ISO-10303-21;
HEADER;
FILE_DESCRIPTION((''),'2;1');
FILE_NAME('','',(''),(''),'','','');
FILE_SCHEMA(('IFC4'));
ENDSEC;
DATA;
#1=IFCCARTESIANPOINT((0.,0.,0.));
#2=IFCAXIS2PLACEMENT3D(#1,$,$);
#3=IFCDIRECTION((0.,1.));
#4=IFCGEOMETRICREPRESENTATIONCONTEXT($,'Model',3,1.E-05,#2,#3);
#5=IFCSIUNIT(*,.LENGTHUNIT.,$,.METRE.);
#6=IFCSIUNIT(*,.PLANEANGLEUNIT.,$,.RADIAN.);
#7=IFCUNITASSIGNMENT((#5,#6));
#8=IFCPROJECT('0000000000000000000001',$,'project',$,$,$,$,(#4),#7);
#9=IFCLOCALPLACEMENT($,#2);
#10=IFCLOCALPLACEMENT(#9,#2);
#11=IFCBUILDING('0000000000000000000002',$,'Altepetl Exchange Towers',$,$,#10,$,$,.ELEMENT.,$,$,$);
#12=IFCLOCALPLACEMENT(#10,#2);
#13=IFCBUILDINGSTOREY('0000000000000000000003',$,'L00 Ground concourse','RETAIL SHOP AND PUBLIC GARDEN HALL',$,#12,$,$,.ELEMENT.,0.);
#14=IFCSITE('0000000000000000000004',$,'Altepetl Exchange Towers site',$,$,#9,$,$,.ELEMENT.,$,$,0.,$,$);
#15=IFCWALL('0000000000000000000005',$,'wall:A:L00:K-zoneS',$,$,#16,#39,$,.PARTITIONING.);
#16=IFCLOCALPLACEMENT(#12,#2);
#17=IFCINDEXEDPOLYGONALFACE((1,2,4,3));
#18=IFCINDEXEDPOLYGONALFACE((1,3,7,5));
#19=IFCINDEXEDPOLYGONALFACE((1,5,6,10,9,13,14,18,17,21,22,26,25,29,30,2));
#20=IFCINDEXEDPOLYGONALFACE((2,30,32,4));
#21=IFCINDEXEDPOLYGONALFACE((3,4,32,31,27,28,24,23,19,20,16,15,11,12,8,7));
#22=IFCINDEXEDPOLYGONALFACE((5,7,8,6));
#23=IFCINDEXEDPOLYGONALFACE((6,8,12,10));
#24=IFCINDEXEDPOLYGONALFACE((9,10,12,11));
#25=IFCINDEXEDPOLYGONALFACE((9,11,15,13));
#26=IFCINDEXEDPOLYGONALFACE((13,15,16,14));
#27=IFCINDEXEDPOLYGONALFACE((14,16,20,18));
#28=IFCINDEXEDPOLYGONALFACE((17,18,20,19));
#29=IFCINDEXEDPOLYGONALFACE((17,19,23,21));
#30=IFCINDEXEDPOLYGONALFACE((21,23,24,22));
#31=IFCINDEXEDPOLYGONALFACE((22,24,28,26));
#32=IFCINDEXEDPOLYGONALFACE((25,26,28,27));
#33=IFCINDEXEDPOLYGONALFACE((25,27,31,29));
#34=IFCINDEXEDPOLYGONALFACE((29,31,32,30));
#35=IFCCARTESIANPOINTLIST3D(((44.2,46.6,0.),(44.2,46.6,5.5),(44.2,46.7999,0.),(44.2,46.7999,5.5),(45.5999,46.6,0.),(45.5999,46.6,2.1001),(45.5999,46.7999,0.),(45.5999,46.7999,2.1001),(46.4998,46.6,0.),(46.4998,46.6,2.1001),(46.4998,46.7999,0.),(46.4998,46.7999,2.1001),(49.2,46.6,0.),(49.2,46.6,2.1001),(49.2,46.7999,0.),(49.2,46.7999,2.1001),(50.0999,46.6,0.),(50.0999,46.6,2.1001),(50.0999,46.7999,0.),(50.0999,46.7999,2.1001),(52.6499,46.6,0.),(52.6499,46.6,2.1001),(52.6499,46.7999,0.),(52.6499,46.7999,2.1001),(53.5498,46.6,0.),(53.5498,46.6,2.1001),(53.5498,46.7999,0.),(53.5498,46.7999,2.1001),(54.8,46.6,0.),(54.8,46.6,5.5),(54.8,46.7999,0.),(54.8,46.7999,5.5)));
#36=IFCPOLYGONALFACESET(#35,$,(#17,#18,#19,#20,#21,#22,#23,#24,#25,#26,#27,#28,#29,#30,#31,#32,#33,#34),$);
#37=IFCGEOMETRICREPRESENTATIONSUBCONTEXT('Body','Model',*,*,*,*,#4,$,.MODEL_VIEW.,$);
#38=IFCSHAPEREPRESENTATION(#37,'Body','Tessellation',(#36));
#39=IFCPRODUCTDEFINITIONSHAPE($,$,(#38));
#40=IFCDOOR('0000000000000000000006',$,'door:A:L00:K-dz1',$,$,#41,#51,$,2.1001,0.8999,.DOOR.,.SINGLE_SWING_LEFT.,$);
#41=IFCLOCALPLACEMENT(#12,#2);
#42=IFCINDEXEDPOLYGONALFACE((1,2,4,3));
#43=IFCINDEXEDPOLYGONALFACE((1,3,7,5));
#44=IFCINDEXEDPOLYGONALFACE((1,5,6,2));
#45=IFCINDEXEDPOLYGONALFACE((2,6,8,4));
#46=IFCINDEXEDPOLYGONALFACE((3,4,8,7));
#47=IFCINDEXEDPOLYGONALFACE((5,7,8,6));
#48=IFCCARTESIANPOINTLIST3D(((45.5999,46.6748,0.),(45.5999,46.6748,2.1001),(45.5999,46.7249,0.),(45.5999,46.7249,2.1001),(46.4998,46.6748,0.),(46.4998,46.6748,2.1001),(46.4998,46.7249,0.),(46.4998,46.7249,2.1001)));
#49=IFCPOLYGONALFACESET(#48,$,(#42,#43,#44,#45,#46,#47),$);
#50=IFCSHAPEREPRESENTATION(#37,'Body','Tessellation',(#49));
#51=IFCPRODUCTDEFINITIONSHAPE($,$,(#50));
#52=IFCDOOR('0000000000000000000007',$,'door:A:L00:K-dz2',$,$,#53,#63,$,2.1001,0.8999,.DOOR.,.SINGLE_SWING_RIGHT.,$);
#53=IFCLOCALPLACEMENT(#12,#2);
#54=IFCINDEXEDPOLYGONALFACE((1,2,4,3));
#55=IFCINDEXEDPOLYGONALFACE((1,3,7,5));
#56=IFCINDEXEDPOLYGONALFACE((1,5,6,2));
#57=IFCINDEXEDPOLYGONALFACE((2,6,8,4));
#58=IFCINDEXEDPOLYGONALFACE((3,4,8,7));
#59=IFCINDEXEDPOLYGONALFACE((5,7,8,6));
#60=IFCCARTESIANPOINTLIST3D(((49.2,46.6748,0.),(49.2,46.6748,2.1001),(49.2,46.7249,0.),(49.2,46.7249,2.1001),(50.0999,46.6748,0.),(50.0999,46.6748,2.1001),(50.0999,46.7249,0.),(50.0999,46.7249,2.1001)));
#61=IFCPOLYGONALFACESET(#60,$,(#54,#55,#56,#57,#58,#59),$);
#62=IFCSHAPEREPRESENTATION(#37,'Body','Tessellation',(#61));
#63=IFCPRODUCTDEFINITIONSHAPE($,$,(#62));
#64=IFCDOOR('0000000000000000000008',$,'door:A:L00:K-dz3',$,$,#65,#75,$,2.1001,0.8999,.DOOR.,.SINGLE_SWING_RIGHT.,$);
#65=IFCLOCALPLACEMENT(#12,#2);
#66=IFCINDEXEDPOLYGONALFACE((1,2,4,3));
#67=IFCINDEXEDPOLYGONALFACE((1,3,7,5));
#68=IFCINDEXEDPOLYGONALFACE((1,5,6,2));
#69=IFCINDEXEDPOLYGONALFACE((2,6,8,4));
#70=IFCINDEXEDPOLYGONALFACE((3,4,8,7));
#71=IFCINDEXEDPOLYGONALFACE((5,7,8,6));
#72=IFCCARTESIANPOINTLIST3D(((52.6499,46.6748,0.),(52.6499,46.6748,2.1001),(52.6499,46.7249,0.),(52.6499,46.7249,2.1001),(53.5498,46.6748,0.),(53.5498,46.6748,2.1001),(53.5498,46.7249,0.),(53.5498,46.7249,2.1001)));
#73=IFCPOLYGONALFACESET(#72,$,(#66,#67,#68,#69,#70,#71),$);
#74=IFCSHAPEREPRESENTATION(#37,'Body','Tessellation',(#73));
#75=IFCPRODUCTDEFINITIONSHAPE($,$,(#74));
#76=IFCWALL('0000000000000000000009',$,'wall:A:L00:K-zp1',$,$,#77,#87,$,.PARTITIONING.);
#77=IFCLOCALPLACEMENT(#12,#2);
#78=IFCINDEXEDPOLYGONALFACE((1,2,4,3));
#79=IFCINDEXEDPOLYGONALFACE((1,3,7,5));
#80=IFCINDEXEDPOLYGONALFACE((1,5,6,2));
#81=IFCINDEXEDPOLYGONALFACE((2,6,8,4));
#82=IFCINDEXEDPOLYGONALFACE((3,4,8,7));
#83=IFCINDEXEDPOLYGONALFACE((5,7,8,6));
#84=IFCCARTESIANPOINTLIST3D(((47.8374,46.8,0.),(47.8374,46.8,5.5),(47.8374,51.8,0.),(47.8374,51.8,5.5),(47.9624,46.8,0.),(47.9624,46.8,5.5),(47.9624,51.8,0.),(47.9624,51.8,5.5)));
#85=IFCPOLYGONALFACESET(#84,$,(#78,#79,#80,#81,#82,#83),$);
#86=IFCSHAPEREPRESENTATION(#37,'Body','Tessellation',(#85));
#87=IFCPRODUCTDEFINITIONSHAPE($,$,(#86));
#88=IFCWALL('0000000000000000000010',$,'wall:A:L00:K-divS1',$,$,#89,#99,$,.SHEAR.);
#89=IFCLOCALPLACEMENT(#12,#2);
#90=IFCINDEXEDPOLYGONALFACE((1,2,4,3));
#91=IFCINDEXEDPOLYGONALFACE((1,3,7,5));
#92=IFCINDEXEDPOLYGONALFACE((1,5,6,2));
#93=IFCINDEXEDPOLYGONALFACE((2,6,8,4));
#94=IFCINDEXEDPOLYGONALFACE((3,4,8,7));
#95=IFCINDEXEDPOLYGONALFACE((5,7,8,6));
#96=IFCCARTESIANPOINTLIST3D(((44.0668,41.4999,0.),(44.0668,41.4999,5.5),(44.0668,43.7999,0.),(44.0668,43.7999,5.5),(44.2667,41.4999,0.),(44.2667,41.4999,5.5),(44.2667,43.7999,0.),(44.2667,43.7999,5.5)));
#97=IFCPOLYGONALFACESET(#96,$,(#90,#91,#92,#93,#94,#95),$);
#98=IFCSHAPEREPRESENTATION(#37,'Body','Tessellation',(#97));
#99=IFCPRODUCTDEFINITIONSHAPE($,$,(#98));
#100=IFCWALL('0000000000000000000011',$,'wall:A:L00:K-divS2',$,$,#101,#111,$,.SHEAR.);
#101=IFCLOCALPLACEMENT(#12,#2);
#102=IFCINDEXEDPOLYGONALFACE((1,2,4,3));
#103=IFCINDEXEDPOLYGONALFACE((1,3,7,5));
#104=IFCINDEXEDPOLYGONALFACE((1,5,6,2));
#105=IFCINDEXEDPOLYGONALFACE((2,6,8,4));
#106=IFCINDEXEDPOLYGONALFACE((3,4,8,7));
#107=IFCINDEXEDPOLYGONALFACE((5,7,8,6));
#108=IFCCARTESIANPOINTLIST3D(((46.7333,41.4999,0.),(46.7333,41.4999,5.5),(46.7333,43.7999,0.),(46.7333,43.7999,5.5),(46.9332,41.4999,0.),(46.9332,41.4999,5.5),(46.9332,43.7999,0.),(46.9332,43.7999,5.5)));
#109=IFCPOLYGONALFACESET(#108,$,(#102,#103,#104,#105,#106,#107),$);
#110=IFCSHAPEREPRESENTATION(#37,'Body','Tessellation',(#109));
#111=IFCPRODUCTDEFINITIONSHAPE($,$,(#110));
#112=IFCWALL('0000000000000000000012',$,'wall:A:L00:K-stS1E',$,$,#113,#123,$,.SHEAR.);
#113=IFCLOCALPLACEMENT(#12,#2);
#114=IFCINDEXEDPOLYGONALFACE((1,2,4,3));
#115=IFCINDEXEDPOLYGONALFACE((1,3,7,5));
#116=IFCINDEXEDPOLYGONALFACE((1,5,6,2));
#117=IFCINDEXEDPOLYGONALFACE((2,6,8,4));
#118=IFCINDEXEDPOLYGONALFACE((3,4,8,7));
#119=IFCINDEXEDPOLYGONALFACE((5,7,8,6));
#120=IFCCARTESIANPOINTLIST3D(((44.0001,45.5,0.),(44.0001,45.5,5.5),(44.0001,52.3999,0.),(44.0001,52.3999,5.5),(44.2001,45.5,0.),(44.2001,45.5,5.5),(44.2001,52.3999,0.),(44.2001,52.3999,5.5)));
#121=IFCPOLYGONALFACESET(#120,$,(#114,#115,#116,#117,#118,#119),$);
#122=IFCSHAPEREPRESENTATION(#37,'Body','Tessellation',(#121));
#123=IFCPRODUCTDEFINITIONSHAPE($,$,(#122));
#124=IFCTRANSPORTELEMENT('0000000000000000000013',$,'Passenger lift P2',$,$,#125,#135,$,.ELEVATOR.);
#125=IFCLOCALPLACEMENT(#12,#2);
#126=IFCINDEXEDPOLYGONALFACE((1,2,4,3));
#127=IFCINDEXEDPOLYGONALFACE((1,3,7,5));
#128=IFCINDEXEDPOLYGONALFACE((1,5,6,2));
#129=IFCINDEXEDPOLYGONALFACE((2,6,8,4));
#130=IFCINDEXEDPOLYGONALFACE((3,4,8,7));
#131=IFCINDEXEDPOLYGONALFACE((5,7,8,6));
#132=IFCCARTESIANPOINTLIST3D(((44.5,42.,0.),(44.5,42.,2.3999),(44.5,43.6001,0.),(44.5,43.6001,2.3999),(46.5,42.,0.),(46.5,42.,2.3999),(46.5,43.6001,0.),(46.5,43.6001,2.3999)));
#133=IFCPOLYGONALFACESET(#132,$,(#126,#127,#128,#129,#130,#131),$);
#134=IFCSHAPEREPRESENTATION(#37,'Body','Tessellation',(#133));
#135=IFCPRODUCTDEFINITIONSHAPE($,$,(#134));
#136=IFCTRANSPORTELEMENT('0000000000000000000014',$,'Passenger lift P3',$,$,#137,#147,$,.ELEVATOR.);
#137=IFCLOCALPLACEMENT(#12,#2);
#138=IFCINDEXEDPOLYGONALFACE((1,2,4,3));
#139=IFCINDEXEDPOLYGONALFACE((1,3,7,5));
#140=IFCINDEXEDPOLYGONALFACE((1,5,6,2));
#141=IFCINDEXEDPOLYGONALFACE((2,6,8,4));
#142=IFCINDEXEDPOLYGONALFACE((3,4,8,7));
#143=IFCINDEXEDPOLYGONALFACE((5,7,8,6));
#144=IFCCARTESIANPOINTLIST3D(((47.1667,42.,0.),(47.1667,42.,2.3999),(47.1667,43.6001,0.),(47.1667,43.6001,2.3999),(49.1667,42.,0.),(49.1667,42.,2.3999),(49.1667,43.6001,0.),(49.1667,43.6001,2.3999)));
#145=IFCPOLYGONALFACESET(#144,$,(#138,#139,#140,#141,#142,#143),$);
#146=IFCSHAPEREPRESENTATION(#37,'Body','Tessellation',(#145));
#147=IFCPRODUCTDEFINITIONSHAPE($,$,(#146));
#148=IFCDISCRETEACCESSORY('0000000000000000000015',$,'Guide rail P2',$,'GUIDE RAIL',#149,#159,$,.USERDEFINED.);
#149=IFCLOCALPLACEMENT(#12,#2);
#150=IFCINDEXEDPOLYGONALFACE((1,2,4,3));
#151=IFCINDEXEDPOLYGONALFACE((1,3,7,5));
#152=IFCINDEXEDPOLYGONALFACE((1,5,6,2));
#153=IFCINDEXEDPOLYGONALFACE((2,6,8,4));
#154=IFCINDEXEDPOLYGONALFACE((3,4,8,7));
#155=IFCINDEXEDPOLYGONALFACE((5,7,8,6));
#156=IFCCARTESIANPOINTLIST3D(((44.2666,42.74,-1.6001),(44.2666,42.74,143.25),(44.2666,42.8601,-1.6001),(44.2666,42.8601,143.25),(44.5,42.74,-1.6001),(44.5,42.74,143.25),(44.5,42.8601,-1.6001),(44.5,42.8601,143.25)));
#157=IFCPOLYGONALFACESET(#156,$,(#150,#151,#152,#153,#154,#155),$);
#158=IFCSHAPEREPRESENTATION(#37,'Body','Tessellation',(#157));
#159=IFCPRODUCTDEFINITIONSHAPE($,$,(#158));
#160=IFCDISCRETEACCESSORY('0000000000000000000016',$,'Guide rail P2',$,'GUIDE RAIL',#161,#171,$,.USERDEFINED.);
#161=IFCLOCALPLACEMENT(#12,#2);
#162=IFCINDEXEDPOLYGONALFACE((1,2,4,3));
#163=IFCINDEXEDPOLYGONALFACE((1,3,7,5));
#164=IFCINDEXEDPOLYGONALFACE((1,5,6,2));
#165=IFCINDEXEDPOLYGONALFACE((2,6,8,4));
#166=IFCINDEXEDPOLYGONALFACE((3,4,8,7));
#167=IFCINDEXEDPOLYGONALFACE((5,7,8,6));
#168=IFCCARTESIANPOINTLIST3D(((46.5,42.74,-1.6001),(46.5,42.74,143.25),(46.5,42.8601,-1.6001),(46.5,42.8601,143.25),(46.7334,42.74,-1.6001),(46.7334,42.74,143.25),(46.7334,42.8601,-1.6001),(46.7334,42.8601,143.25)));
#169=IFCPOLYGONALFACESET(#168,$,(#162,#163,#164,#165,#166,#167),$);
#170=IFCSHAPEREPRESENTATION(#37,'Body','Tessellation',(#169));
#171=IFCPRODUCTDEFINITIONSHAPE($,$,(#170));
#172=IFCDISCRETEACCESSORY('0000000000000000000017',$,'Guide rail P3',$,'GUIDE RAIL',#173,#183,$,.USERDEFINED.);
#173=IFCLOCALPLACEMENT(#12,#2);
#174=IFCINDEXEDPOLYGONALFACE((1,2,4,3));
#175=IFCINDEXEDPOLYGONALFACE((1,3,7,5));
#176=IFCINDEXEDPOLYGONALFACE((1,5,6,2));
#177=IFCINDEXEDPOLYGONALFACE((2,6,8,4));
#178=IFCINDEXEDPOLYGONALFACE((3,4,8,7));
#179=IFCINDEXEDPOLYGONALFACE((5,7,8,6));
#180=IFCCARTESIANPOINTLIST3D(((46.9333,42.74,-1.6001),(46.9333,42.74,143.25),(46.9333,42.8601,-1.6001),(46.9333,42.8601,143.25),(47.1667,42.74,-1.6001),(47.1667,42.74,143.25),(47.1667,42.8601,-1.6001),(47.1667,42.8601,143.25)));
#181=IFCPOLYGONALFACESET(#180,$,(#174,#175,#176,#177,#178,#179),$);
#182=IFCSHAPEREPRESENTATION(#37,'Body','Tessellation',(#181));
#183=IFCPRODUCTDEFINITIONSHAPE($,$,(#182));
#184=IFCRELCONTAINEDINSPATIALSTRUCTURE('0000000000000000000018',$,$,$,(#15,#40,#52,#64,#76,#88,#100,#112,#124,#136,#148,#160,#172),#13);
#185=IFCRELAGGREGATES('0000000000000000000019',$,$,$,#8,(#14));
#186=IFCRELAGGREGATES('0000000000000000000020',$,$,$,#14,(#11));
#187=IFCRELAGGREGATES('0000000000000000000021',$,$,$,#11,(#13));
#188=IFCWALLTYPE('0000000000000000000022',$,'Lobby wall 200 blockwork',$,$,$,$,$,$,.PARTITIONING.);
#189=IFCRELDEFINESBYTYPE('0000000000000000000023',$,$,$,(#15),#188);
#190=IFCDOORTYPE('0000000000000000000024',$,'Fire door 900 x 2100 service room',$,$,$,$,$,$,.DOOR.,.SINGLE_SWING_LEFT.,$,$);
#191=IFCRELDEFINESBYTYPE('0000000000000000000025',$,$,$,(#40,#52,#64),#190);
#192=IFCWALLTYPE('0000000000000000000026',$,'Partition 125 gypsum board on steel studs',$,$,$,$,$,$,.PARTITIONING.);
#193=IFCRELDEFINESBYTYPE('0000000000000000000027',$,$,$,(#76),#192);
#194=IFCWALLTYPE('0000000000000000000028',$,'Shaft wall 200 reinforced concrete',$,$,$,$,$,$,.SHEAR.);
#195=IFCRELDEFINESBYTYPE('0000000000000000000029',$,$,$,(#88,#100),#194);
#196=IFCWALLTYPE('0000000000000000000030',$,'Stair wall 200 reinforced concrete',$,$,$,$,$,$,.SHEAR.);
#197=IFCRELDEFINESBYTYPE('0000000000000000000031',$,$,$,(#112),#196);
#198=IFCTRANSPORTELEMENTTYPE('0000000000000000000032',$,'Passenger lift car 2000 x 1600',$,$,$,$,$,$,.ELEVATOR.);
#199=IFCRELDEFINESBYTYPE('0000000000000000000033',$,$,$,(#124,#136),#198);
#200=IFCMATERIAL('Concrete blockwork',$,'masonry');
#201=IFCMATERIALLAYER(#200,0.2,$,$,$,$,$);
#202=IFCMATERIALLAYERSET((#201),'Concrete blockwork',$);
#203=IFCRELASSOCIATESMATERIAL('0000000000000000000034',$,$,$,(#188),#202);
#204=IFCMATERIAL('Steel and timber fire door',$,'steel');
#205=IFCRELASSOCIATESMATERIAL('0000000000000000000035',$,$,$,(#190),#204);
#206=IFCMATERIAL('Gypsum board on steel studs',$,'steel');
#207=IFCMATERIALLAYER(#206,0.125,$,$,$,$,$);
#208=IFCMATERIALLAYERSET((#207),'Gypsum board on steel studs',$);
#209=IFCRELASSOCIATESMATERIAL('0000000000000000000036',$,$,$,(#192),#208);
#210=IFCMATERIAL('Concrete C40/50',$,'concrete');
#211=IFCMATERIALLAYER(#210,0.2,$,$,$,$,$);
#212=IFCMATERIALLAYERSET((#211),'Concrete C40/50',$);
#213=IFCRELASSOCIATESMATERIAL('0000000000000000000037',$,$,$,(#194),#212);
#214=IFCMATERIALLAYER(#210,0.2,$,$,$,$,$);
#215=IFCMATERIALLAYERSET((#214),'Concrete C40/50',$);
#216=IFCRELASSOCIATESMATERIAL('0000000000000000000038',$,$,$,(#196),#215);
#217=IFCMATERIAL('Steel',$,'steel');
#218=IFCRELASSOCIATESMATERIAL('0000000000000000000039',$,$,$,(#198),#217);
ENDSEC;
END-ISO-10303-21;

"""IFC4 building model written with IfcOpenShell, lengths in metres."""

from ifc_helpers import new_model, si_unit, direction, frame, frame_2d, origin, origin_2d, place, context, subcontext, project, spatial, rectangle, extrude, material, layer, layer_set, type_object, element, fill, save


model = new_model("IFC4")

# Units and contexts
model_context = context("Model", 3, precision=1e-05, world=origin(), true_north=direction((0.0, 1.0)))
body_context = subcontext(model_context, "Body", "Model", "MODEL_VIEW")
ifc_project = project(units=[si_unit("LENGTHUNIT", "METRE"), si_unit("PLANEANGLEUNIT", "RADIAN")], contexts=[model_context])

# Site, building, storey
site_placement = place(None, origin())
site = spatial("IfcSite", under=ifc_project, at=site_placement, Name="Altepetl Exchange Towers site", CompositionType="ELEMENT", RefElevation=0.0)
building_placement = place(site_placement, origin())
building = spatial("IfcBuilding", under=site, at=building_placement, Name="Altepetl Exchange Towers", CompositionType="ELEMENT")
storey_placement = place(building_placement, origin())
storey = spatial("IfcBuildingStorey", under=building, at=storey_placement, Name="L00 Ground concourse", Description="RETAIL SHOP AND PUBLIC GARDEN HALL", CompositionType="ELEMENT", Elevation=0.0)

# Wall, openings, doors
ifc_material_1 = material(Name="Concrete blockwork", Category="masonry")
ifc_layer_1 = layer(ifc_material_1, 0.2)
ifc_layer_set_1 = layer_set([ifc_layer_1], Name="Concrete blockwork")
wall_type_1 = type_object("IfcWallType", Name="Lobby wall 200 blockwork", PredefinedType="PARTITIONING", material=ifc_layer_set_1)
wall_1_placement = place(storey_placement, frame((44.2, 46.7, 0.0)))
wall_1 = element("IfcWall", 1, at=wall_1_placement, inside=storey, type_object=wall_type_1, Name="wall:A:L00:K-zoneS", PredefinedType="PARTITIONING", context=body_context, shape_type="SweptSolid", body=[
    extrude(rectangle(XDim=10.6001, YDim=0.2, at=frame_2d((5.3, 0.0))), origin(), (0.0, 0.0, 1.0), 5.5),
])
opening_1_placement = place(wall_1_placement, frame((1.3999, 0.0, 0.0)))
opening_1 = element("IfcOpeningElement", 2, at=opening_1_placement, cuts=wall_1, PredefinedType="OPENING", context=body_context, shape_type="SweptSolid", body=[
    extrude(rectangle(XDim=0.8999, YDim=2.1001, at=frame_2d((0.45, 1.05))), frame((0.0, 0.1099, 0.0), z_axis=(0.0, -1.0, 0.0), x_axis=(1.0, 0.0, 0.0)), (0.0, 0.0, 1.0), 0.22),
])
opening_2_placement = place(wall_1_placement, frame((5.0, 0.0, 0.0)))
opening_2 = element("IfcOpeningElement", 3, at=opening_2_placement, cuts=wall_1, PredefinedType="OPENING", context=body_context, shape_type="SweptSolid", body=[
    extrude(rectangle(XDim=0.8999, YDim=2.1001, at=frame_2d((0.45, 1.05))), frame((0.0, 0.1099, 0.0), z_axis=(0.0, -1.0, 0.0), x_axis=(1.0, 0.0, 0.0)), (0.0, 0.0, 1.0), 0.22),
])
opening_3_placement = place(wall_1_placement, frame((8.45, 0.0, 0.0)))
opening_3 = element("IfcOpeningElement", 4, at=opening_3_placement, cuts=wall_1, PredefinedType="OPENING", context=body_context, shape_type="SweptSolid", body=[
    extrude(rectangle(XDim=0.8999, YDim=2.1001, at=frame_2d((0.45, 1.05))), frame((0.0, 0.1099, 0.0), z_axis=(0.0, -1.0, 0.0), x_axis=(1.0, 0.0, 0.0)), (0.0, 0.0, 1.0), 0.22),
])
ifc_material_2 = material(Name="Steel and timber fire door", Category="steel")
door_type = type_object("IfcDoorType", Name="Fire door 900 x 2100 service room", OperationType="SINGLE_SWING_LEFT", PredefinedType="DOOR", material=ifc_material_2)
door_1_placement = place(opening_1_placement, origin())
door_1 = element("IfcDoor", 5, at=door_1_placement, inside=storey, type_object=door_type, Name="door:A:L00:K-dz1", OperationType="SINGLE_SWING_LEFT", OverallHeight=2.1001, OverallWidth=0.8999, PredefinedType="DOOR", context=body_context, shape_type="SweptSolid", body=[
    extrude(rectangle(XDim=0.8999, YDim=2.1001, at=frame_2d((0.45, 1.05))), frame((0.0, 0.0249, 0.0), z_axis=(0.0, -1.0, 0.0), x_axis=(1.0, 0.0, 0.0)), (0.0, 0.0, 1.0), 0.05),
])
fill(opening_1, door_1)
door_2_placement = place(opening_2_placement, origin())
door_2 = element("IfcDoor", 6, at=door_2_placement, inside=storey, type_object=door_type, Name="door:A:L00:K-dz2", OperationType="SINGLE_SWING_RIGHT", OverallHeight=2.1001, OverallWidth=0.8999, PredefinedType="DOOR", context=body_context, shape_type="SweptSolid", body=[
    extrude(rectangle(XDim=0.8999, YDim=2.1001, at=frame_2d((0.45, 1.05))), frame((0.0, 0.0249, 0.0), z_axis=(0.0, -1.0, 0.0), x_axis=(1.0, 0.0, 0.0)), (0.0, 0.0, 1.0), 0.05),
])
fill(opening_2, door_2)
door_3_placement = place(opening_3_placement, origin())
door_3 = element("IfcDoor", 7, at=door_3_placement, inside=storey, type_object=door_type, Name="door:A:L00:K-dz3", OperationType="SINGLE_SWING_RIGHT", OverallHeight=2.1001, OverallWidth=0.8999, PredefinedType="DOOR", context=body_context, shape_type="SweptSolid", body=[
    extrude(rectangle(XDim=0.8999, YDim=2.1001, at=frame_2d((0.45, 1.05))), frame((0.0, 0.0249, 0.0), z_axis=(0.0, -1.0, 0.0), x_axis=(1.0, 0.0, 0.0)), (0.0, 0.0, 1.0), 0.05),
])
fill(opening_3, door_3)

# Walls
ifc_material_3 = material(Name="Gypsum board on steel studs", Category="steel")
ifc_layer_2 = layer(ifc_material_3, 0.125)
ifc_layer_set_2 = layer_set([ifc_layer_2], Name="Gypsum board on steel studs")
wall_type_2 = type_object("IfcWallType", Name="Partition 125 gypsum board on steel studs", PredefinedType="PARTITIONING", material=ifc_layer_set_2)
wall_2_placement = place(storey_placement, frame((47.8999, 46.8, 0.0), z_axis=(0.0, 0.0, 1.0), x_axis=(0.0, 1.0, 0.0)))
element("IfcWall", 8, at=wall_2_placement, inside=storey, type_object=wall_type_2, Name="wall:A:L00:K-zp1", PredefinedType="PARTITIONING", context=body_context, shape_type="SweptSolid", body=[
    extrude(rectangle(XDim=5.0, YDim=0.125, at=frame_2d((2.5, 0.0))), origin(), (0.0, 0.0, 1.0), 5.5),
])
ifc_material_4 = material(Name="Concrete C40/50", Category="concrete")
ifc_layer_3 = layer(ifc_material_4, 0.2)
ifc_layer_set_3 = layer_set([ifc_layer_3], Name="Concrete C40/50")
wall_type_3 = type_object("IfcWallType", Name="Shaft wall 200 reinforced concrete", PredefinedType="SHEAR", material=ifc_layer_set_3)
for number, where, z_axis, x_axis, name in (
    (9, (44.1667, 41.5, 0.0), (0.0, 0.0, 1.0), (0.0, 1.0, 0.0), "wall:A:L00:K-divS1"),
    (10, (46.8333, 41.5, 0.0), (0.0, 0.0, 1.0), (0.0, 1.0, 0.0), "wall:A:L00:K-divS2"),
):
    element("IfcWall", number, at=place(storey_placement, frame(where, z_axis=z_axis, x_axis=x_axis)), inside=storey, type_object=wall_type_3, Name=name, PredefinedType="SHEAR", context=body_context, shape_type="SweptSolid", body=[
        extrude(rectangle(XDim=2.3, YDim=0.2, at=frame_2d((1.1499, 0.0))), origin(), (0.0, 0.0, 1.0), 5.5),
    ])
ifc_layer_4 = layer(ifc_material_4, 0.2)
ifc_layer_set_4 = layer_set([ifc_layer_4], Name="Concrete C40/50")
wall_type_4 = type_object("IfcWallType", Name="Stair wall 200 reinforced concrete", PredefinedType="SHEAR", material=ifc_layer_set_4)
wall_3_placement = place(storey_placement, frame((44.1001, 45.5, 0.0), z_axis=(0.0, 0.0, 1.0), x_axis=(0.0, 1.0, 0.0)))
element("IfcWall", 11, at=wall_3_placement, inside=storey, type_object=wall_type_4, Name="wall:A:L00:K-stS1E", PredefinedType="SHEAR", context=body_context, shape_type="SweptSolid", body=[
    extrude(rectangle(XDim=6.8999, YDim=0.2, at=frame_2d((3.45, 0.0))), origin(), (0.0, 0.0, 1.0), 5.5),
])

# Transport elements
ifc_material_5 = material(Name="Steel", Category="steel")
transport_element_type = type_object("IfcTransportElementType", Name="Passenger lift car 2000 x 1600", PredefinedType="ELEVATOR", material=ifc_material_5)
for number, where, name in (
    (12, (45.5, 42.8, 0.0), "Passenger lift P2"),
    (13, (48.1667, 42.8, 0.0), "Passenger lift P3"),
):
    element("IfcTransportElement", number, at=place(storey_placement, frame(where)), inside=storey, type_object=transport_element_type, Name=name, PredefinedType="ELEVATOR", context=body_context, shape_type="SweptSolid", body=[
        extrude(rectangle(XDim=2.0, YDim=1.6001, at=origin_2d()), origin(), (0.0, 0.0, 1.0), 2.3999),
    ])

# Discrete accessories
for number, where, name in (
    (14, (44.3833, 42.8, -1.6001), "Guide rail P2"),
    (15, (46.6167, 42.8, -1.6001), "Guide rail P2"),
    (16, (47.05, 42.8, -1.6001), "Guide rail P3"),
):
    element("IfcDiscreteAccessory", number, at=place(storey_placement, frame(where)), inside=storey, Name=name, ObjectType="GUIDE RAIL", PredefinedType="USERDEFINED", context=body_context, shape_type="SweptSolid", body=[
        extrude(rectangle(XDim=0.2334, YDim=0.1201, at=origin_2d()), origin(), (0.0, 0.0, 1.0), 144.8501),
    ])

save(model, "model.ifc")
